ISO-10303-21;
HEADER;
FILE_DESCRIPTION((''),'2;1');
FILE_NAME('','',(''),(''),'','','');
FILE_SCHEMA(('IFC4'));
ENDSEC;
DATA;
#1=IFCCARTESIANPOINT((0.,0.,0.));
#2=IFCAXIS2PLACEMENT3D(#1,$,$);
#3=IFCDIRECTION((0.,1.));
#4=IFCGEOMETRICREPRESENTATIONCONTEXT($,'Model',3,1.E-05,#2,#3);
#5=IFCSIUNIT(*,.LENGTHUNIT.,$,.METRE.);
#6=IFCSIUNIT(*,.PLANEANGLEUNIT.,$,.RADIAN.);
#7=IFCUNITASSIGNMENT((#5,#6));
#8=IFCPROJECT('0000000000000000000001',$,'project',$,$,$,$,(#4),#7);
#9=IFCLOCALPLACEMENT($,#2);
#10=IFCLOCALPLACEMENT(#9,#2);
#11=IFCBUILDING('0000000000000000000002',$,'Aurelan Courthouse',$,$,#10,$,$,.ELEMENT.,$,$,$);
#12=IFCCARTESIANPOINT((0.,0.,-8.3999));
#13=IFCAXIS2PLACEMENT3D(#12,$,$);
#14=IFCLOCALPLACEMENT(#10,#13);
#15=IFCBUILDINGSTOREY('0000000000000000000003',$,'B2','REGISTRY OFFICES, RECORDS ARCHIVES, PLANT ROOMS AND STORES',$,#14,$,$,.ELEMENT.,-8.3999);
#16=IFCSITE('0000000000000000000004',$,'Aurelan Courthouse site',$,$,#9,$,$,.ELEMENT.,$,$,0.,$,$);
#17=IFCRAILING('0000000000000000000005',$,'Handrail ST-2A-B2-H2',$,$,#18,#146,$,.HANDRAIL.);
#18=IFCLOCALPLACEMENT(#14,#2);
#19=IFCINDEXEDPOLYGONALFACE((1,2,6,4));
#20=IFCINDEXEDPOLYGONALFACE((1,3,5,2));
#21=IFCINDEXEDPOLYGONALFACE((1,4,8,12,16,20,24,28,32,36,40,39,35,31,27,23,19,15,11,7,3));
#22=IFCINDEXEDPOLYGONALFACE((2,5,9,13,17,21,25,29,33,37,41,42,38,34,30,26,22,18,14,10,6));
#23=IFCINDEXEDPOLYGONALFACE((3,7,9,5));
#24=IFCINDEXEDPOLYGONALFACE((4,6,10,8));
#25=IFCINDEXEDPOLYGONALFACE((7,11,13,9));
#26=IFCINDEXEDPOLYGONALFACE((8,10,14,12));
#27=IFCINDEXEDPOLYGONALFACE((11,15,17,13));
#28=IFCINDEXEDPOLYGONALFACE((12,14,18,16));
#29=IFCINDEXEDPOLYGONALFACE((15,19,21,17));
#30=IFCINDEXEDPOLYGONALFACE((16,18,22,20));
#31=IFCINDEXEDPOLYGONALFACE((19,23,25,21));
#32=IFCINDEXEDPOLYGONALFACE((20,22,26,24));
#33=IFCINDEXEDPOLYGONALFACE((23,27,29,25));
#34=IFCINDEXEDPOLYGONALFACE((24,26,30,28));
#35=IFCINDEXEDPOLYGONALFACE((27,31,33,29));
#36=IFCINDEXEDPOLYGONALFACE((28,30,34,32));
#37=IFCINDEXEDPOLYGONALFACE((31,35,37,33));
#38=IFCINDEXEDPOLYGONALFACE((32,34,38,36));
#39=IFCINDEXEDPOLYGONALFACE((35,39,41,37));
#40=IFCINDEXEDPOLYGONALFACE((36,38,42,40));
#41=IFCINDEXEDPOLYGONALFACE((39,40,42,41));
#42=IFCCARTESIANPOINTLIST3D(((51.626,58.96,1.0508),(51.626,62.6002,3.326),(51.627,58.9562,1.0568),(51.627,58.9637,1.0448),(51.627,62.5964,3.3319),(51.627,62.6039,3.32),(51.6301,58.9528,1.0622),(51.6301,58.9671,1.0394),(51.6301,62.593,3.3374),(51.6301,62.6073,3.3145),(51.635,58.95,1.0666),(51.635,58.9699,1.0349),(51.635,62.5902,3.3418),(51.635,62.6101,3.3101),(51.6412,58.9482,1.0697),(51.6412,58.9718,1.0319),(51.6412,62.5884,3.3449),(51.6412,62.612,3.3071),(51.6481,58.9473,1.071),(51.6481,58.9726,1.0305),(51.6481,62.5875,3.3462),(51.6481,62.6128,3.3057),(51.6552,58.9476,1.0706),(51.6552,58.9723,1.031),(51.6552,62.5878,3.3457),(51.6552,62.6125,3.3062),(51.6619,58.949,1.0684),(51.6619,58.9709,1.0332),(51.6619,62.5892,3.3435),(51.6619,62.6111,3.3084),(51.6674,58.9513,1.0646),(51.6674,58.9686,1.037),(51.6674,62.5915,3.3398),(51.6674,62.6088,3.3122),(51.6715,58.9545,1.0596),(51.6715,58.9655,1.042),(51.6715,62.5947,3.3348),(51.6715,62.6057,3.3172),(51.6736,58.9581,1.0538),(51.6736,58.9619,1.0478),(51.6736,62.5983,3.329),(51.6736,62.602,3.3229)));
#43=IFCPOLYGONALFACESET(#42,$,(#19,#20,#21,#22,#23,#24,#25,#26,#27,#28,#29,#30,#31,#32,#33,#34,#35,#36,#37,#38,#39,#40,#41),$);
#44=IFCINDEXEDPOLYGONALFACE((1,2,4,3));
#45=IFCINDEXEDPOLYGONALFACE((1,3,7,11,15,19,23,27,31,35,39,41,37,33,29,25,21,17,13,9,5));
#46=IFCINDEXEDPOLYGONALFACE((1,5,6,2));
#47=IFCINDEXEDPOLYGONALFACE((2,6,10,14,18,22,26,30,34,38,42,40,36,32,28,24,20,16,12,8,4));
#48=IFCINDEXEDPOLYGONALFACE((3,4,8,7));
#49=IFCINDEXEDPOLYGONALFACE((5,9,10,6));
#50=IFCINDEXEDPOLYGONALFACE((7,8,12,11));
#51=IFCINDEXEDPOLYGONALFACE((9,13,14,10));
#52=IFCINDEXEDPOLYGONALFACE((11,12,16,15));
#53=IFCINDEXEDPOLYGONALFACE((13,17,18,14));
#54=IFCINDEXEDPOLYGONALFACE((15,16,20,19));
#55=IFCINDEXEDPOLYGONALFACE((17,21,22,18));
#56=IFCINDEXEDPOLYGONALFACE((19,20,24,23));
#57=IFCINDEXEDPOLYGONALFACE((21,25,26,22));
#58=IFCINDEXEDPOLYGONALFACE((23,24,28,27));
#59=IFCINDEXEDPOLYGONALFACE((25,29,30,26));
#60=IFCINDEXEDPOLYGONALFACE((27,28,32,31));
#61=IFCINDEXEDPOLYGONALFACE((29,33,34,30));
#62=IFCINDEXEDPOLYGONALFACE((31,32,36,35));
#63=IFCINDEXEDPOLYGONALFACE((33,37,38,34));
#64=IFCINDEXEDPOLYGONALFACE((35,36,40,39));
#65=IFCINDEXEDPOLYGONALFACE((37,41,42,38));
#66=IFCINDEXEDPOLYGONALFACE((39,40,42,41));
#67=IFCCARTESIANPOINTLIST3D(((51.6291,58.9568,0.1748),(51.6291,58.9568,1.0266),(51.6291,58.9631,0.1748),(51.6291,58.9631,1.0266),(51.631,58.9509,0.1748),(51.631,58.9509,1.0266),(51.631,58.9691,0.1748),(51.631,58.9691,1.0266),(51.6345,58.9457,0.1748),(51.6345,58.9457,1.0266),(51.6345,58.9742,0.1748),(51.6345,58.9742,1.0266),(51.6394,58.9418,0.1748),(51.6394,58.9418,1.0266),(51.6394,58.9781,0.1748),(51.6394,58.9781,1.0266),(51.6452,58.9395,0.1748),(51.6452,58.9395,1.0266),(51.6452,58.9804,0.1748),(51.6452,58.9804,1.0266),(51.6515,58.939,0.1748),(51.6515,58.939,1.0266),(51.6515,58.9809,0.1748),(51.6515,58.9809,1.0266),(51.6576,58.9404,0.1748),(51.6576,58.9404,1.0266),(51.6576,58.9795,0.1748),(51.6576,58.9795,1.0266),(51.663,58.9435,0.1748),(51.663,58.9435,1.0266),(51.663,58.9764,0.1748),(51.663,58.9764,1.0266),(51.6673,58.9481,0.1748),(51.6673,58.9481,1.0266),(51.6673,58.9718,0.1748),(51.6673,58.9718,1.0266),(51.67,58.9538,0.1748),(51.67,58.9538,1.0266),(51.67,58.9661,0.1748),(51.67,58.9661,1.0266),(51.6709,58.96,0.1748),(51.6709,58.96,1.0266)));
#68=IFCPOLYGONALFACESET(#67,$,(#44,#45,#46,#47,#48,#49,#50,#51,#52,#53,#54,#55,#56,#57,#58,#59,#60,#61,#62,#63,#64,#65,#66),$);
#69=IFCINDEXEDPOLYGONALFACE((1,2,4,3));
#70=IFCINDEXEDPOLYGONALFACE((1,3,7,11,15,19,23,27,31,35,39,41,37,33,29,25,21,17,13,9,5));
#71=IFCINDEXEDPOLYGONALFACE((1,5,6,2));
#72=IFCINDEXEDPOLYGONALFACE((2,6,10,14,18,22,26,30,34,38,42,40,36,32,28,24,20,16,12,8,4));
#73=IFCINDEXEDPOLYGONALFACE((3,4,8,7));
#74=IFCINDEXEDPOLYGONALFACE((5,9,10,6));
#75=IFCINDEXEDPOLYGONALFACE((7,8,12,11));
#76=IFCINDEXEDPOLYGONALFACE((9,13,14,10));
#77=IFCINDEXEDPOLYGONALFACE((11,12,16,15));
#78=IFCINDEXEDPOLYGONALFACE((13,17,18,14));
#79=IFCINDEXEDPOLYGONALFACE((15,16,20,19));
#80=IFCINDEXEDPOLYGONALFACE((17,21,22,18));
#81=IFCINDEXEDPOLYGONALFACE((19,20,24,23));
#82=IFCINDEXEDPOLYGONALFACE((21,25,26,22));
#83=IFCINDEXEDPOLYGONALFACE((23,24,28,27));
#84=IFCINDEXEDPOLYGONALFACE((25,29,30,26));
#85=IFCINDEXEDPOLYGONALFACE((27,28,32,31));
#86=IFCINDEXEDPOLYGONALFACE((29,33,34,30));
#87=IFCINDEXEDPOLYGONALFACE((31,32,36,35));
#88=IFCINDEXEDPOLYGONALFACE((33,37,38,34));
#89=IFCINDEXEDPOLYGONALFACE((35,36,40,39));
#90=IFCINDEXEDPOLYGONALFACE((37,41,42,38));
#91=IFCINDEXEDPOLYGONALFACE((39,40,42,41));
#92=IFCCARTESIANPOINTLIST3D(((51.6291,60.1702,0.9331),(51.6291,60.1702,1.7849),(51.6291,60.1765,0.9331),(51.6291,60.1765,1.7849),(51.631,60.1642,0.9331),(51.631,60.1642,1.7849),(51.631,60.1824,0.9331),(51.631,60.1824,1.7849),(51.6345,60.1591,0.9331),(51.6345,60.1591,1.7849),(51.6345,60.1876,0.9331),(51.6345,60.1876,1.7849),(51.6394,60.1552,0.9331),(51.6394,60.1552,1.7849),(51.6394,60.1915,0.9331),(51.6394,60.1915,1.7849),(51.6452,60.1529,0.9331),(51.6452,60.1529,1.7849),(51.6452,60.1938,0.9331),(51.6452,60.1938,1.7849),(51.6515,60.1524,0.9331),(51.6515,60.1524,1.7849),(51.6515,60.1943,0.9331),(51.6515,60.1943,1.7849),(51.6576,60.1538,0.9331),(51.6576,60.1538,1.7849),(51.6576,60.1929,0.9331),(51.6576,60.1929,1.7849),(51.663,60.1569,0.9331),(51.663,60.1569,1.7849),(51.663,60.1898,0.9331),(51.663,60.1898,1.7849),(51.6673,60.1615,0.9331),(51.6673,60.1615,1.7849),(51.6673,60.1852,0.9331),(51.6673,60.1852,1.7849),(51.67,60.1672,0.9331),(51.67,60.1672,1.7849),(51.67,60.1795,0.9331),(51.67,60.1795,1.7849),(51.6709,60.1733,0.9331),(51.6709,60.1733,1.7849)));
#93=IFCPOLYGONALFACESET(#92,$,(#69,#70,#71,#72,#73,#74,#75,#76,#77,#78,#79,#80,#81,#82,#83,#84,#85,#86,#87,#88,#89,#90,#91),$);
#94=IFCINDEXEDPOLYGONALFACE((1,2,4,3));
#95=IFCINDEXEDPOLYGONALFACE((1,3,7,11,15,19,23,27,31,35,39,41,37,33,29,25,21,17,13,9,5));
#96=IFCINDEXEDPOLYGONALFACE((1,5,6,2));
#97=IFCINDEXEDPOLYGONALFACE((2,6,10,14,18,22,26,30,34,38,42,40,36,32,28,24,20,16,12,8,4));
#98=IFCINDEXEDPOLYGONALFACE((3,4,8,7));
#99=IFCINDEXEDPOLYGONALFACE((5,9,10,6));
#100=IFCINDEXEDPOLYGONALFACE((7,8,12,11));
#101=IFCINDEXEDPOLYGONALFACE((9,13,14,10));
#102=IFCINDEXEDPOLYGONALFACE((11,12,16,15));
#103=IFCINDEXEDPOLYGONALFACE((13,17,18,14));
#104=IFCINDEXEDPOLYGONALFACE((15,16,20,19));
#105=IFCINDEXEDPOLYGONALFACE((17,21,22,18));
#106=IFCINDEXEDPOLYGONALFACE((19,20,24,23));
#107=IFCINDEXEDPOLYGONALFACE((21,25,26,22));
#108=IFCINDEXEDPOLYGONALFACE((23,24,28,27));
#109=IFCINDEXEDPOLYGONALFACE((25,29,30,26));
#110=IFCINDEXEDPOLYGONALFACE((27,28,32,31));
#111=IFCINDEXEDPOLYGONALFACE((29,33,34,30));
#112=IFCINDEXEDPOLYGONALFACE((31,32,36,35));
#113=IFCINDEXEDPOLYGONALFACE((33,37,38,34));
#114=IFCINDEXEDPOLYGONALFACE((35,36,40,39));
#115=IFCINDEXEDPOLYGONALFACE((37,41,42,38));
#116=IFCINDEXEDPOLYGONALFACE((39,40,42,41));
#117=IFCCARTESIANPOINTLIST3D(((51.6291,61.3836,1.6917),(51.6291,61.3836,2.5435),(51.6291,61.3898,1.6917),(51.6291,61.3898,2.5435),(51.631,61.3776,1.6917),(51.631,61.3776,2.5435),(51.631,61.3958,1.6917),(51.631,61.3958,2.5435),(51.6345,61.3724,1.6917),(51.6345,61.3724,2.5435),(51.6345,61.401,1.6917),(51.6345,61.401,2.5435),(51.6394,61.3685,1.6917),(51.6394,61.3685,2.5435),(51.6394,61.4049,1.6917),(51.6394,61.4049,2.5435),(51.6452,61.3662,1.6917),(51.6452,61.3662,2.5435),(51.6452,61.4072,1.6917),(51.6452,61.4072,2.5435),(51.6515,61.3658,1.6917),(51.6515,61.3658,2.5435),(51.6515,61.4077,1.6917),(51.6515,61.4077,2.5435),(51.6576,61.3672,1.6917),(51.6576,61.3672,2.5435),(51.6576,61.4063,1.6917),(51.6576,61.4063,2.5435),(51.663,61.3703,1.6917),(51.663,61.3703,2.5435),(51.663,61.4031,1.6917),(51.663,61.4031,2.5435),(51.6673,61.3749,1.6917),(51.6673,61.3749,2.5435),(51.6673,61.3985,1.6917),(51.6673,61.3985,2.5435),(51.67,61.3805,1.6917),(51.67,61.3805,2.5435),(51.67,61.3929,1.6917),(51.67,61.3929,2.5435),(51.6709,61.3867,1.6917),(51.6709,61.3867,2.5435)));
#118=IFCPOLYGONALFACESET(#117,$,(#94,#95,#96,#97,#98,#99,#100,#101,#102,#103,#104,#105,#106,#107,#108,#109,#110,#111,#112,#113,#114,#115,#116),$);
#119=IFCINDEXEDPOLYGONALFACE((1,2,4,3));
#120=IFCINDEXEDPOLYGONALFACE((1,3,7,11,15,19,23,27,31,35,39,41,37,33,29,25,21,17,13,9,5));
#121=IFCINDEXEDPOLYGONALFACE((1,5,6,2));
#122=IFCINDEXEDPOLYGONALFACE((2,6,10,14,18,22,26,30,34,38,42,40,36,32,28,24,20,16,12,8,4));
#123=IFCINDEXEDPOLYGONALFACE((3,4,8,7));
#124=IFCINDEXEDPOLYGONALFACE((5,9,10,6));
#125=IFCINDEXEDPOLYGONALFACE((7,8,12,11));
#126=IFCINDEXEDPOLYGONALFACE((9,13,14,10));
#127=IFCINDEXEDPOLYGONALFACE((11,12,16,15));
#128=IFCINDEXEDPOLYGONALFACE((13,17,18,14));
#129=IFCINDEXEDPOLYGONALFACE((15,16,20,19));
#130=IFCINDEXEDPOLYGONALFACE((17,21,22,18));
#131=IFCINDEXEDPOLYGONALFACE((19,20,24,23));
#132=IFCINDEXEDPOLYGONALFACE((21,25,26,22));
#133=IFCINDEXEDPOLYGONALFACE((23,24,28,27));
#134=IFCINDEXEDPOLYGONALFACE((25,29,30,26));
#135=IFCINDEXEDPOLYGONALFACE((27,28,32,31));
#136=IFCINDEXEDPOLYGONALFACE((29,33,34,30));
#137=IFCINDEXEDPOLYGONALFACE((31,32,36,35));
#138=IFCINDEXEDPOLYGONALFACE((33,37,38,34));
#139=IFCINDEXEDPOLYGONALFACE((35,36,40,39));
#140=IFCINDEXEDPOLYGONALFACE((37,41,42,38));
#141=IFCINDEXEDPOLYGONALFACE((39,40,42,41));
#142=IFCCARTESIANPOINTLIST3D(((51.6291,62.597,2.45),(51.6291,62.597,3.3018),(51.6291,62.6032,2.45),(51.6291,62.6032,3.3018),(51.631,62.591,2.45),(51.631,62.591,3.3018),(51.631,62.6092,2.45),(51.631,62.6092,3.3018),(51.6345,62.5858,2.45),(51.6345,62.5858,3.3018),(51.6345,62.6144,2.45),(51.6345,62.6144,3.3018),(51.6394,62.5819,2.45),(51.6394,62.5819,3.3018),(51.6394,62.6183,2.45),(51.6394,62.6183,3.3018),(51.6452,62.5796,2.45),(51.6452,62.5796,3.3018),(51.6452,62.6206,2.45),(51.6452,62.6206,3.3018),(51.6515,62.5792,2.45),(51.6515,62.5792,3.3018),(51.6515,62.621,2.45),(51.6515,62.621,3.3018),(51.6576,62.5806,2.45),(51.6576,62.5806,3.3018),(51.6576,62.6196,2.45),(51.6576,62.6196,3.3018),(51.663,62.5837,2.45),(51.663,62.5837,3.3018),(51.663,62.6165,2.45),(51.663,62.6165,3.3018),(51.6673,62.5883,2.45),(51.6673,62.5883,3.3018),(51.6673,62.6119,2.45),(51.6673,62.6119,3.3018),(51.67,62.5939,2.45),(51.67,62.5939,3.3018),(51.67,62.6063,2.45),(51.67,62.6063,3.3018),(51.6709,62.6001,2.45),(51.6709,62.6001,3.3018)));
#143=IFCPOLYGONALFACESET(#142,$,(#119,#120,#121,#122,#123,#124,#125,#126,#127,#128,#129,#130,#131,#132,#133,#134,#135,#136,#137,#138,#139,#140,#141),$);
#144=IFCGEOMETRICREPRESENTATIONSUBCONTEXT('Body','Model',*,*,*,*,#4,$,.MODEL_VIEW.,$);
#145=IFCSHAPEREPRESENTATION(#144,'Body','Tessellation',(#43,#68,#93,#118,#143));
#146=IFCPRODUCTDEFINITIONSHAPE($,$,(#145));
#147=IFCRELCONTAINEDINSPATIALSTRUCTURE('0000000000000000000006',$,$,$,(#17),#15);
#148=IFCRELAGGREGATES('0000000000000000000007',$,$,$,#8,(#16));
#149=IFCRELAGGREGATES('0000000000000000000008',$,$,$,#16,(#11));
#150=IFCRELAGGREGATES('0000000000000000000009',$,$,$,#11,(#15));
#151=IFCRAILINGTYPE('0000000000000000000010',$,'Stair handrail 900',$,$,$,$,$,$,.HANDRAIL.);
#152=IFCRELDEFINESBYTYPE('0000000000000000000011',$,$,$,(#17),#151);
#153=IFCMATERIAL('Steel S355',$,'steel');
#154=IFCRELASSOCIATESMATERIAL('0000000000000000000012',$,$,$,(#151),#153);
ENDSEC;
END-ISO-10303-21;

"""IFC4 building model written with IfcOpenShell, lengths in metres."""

from ifc_helpers import new_model, si_unit, direction, frame, origin, origin_2d, place, context, subcontext, project, spatial, circle, extrude, material, type_object, element, save


model = new_model("IFC4")

# Units and contexts
model_context = context("Model", 3, precision=1e-05, world=origin(), true_north=direction((0.0, 1.0)))
body_context = subcontext(model_context, "Body", "Model", "MODEL_VIEW")
ifc_project = project(units=[si_unit("LENGTHUNIT", "METRE"), si_unit("PLANEANGLEUNIT", "RADIAN")], contexts=[model_context])

# Site, building, storey
site_placement = place(None, origin())
site = spatial("IfcSite", under=ifc_project, at=site_placement, Name="Aurelan Courthouse site", CompositionType="ELEMENT", RefElevation=0.0)
building_placement = place(site_placement, origin())
building = spatial("IfcBuilding", under=site, at=building_placement, Name="Aurelan Courthouse", CompositionType="ELEMENT")
storey_placement = place(building_placement, frame((0.0, 0.0, -8.3999)))
storey = spatial("IfcBuildingStorey", under=building, at=storey_placement, Name="B2", Description="REGISTRY OFFICES, RECORDS ARCHIVES, PLANT ROOMS AND STORES", CompositionType="ELEMENT", Elevation=-8.3999)

# Railing
ifc_material_1 = material(Name="Steel S355", Category="steel")
railing_type_1 = type_object("IfcRailingType", Name="Stair handrail 900", PredefinedType="HANDRAIL", material=ifc_material_1)
for number, where, name in (
    (1, (51.6499, 58.96, 0.1748), "Handrail ST-2A-B2-H2"),
):
    element("IfcRailing", number, at=place(storey_placement, frame(where)), inside=storey, type_object=railing_type_1, Name=name, PredefinedType="HANDRAIL", context=body_context, shape_type="SweptSolid", body=[
        extrude(circle(Radius=0.0239, at=origin_2d()), frame((0.0, 0.0, 0.876), z_axis=(0.0, 0.847992, 0.530009), x_axis=(-1.0, 0.0, 0.0)), (0.0, 0.0, 1.0), 4.2927),
        extrude(circle(Radius=0.021, at=origin_2d()), origin(), (0.0, 0.0, 1.0), 0.8518),
        extrude(circle(Radius=0.021, at=origin_2d()), frame((0.0, 1.2134, 0.7583)), (0.0, 0.0, 1.0), 0.8518),
        extrude(circle(Radius=0.021, at=origin_2d()), frame((0.0, 2.4268, 1.5168)), (0.0, 0.0, 1.0), 0.8518),
        extrude(circle(Radius=0.021, at=origin_2d()), frame((0.0, 3.6401, 2.2751)), (0.0, 0.0, 1.0), 0.8518),
    ])

save(model, "model.ifc")
